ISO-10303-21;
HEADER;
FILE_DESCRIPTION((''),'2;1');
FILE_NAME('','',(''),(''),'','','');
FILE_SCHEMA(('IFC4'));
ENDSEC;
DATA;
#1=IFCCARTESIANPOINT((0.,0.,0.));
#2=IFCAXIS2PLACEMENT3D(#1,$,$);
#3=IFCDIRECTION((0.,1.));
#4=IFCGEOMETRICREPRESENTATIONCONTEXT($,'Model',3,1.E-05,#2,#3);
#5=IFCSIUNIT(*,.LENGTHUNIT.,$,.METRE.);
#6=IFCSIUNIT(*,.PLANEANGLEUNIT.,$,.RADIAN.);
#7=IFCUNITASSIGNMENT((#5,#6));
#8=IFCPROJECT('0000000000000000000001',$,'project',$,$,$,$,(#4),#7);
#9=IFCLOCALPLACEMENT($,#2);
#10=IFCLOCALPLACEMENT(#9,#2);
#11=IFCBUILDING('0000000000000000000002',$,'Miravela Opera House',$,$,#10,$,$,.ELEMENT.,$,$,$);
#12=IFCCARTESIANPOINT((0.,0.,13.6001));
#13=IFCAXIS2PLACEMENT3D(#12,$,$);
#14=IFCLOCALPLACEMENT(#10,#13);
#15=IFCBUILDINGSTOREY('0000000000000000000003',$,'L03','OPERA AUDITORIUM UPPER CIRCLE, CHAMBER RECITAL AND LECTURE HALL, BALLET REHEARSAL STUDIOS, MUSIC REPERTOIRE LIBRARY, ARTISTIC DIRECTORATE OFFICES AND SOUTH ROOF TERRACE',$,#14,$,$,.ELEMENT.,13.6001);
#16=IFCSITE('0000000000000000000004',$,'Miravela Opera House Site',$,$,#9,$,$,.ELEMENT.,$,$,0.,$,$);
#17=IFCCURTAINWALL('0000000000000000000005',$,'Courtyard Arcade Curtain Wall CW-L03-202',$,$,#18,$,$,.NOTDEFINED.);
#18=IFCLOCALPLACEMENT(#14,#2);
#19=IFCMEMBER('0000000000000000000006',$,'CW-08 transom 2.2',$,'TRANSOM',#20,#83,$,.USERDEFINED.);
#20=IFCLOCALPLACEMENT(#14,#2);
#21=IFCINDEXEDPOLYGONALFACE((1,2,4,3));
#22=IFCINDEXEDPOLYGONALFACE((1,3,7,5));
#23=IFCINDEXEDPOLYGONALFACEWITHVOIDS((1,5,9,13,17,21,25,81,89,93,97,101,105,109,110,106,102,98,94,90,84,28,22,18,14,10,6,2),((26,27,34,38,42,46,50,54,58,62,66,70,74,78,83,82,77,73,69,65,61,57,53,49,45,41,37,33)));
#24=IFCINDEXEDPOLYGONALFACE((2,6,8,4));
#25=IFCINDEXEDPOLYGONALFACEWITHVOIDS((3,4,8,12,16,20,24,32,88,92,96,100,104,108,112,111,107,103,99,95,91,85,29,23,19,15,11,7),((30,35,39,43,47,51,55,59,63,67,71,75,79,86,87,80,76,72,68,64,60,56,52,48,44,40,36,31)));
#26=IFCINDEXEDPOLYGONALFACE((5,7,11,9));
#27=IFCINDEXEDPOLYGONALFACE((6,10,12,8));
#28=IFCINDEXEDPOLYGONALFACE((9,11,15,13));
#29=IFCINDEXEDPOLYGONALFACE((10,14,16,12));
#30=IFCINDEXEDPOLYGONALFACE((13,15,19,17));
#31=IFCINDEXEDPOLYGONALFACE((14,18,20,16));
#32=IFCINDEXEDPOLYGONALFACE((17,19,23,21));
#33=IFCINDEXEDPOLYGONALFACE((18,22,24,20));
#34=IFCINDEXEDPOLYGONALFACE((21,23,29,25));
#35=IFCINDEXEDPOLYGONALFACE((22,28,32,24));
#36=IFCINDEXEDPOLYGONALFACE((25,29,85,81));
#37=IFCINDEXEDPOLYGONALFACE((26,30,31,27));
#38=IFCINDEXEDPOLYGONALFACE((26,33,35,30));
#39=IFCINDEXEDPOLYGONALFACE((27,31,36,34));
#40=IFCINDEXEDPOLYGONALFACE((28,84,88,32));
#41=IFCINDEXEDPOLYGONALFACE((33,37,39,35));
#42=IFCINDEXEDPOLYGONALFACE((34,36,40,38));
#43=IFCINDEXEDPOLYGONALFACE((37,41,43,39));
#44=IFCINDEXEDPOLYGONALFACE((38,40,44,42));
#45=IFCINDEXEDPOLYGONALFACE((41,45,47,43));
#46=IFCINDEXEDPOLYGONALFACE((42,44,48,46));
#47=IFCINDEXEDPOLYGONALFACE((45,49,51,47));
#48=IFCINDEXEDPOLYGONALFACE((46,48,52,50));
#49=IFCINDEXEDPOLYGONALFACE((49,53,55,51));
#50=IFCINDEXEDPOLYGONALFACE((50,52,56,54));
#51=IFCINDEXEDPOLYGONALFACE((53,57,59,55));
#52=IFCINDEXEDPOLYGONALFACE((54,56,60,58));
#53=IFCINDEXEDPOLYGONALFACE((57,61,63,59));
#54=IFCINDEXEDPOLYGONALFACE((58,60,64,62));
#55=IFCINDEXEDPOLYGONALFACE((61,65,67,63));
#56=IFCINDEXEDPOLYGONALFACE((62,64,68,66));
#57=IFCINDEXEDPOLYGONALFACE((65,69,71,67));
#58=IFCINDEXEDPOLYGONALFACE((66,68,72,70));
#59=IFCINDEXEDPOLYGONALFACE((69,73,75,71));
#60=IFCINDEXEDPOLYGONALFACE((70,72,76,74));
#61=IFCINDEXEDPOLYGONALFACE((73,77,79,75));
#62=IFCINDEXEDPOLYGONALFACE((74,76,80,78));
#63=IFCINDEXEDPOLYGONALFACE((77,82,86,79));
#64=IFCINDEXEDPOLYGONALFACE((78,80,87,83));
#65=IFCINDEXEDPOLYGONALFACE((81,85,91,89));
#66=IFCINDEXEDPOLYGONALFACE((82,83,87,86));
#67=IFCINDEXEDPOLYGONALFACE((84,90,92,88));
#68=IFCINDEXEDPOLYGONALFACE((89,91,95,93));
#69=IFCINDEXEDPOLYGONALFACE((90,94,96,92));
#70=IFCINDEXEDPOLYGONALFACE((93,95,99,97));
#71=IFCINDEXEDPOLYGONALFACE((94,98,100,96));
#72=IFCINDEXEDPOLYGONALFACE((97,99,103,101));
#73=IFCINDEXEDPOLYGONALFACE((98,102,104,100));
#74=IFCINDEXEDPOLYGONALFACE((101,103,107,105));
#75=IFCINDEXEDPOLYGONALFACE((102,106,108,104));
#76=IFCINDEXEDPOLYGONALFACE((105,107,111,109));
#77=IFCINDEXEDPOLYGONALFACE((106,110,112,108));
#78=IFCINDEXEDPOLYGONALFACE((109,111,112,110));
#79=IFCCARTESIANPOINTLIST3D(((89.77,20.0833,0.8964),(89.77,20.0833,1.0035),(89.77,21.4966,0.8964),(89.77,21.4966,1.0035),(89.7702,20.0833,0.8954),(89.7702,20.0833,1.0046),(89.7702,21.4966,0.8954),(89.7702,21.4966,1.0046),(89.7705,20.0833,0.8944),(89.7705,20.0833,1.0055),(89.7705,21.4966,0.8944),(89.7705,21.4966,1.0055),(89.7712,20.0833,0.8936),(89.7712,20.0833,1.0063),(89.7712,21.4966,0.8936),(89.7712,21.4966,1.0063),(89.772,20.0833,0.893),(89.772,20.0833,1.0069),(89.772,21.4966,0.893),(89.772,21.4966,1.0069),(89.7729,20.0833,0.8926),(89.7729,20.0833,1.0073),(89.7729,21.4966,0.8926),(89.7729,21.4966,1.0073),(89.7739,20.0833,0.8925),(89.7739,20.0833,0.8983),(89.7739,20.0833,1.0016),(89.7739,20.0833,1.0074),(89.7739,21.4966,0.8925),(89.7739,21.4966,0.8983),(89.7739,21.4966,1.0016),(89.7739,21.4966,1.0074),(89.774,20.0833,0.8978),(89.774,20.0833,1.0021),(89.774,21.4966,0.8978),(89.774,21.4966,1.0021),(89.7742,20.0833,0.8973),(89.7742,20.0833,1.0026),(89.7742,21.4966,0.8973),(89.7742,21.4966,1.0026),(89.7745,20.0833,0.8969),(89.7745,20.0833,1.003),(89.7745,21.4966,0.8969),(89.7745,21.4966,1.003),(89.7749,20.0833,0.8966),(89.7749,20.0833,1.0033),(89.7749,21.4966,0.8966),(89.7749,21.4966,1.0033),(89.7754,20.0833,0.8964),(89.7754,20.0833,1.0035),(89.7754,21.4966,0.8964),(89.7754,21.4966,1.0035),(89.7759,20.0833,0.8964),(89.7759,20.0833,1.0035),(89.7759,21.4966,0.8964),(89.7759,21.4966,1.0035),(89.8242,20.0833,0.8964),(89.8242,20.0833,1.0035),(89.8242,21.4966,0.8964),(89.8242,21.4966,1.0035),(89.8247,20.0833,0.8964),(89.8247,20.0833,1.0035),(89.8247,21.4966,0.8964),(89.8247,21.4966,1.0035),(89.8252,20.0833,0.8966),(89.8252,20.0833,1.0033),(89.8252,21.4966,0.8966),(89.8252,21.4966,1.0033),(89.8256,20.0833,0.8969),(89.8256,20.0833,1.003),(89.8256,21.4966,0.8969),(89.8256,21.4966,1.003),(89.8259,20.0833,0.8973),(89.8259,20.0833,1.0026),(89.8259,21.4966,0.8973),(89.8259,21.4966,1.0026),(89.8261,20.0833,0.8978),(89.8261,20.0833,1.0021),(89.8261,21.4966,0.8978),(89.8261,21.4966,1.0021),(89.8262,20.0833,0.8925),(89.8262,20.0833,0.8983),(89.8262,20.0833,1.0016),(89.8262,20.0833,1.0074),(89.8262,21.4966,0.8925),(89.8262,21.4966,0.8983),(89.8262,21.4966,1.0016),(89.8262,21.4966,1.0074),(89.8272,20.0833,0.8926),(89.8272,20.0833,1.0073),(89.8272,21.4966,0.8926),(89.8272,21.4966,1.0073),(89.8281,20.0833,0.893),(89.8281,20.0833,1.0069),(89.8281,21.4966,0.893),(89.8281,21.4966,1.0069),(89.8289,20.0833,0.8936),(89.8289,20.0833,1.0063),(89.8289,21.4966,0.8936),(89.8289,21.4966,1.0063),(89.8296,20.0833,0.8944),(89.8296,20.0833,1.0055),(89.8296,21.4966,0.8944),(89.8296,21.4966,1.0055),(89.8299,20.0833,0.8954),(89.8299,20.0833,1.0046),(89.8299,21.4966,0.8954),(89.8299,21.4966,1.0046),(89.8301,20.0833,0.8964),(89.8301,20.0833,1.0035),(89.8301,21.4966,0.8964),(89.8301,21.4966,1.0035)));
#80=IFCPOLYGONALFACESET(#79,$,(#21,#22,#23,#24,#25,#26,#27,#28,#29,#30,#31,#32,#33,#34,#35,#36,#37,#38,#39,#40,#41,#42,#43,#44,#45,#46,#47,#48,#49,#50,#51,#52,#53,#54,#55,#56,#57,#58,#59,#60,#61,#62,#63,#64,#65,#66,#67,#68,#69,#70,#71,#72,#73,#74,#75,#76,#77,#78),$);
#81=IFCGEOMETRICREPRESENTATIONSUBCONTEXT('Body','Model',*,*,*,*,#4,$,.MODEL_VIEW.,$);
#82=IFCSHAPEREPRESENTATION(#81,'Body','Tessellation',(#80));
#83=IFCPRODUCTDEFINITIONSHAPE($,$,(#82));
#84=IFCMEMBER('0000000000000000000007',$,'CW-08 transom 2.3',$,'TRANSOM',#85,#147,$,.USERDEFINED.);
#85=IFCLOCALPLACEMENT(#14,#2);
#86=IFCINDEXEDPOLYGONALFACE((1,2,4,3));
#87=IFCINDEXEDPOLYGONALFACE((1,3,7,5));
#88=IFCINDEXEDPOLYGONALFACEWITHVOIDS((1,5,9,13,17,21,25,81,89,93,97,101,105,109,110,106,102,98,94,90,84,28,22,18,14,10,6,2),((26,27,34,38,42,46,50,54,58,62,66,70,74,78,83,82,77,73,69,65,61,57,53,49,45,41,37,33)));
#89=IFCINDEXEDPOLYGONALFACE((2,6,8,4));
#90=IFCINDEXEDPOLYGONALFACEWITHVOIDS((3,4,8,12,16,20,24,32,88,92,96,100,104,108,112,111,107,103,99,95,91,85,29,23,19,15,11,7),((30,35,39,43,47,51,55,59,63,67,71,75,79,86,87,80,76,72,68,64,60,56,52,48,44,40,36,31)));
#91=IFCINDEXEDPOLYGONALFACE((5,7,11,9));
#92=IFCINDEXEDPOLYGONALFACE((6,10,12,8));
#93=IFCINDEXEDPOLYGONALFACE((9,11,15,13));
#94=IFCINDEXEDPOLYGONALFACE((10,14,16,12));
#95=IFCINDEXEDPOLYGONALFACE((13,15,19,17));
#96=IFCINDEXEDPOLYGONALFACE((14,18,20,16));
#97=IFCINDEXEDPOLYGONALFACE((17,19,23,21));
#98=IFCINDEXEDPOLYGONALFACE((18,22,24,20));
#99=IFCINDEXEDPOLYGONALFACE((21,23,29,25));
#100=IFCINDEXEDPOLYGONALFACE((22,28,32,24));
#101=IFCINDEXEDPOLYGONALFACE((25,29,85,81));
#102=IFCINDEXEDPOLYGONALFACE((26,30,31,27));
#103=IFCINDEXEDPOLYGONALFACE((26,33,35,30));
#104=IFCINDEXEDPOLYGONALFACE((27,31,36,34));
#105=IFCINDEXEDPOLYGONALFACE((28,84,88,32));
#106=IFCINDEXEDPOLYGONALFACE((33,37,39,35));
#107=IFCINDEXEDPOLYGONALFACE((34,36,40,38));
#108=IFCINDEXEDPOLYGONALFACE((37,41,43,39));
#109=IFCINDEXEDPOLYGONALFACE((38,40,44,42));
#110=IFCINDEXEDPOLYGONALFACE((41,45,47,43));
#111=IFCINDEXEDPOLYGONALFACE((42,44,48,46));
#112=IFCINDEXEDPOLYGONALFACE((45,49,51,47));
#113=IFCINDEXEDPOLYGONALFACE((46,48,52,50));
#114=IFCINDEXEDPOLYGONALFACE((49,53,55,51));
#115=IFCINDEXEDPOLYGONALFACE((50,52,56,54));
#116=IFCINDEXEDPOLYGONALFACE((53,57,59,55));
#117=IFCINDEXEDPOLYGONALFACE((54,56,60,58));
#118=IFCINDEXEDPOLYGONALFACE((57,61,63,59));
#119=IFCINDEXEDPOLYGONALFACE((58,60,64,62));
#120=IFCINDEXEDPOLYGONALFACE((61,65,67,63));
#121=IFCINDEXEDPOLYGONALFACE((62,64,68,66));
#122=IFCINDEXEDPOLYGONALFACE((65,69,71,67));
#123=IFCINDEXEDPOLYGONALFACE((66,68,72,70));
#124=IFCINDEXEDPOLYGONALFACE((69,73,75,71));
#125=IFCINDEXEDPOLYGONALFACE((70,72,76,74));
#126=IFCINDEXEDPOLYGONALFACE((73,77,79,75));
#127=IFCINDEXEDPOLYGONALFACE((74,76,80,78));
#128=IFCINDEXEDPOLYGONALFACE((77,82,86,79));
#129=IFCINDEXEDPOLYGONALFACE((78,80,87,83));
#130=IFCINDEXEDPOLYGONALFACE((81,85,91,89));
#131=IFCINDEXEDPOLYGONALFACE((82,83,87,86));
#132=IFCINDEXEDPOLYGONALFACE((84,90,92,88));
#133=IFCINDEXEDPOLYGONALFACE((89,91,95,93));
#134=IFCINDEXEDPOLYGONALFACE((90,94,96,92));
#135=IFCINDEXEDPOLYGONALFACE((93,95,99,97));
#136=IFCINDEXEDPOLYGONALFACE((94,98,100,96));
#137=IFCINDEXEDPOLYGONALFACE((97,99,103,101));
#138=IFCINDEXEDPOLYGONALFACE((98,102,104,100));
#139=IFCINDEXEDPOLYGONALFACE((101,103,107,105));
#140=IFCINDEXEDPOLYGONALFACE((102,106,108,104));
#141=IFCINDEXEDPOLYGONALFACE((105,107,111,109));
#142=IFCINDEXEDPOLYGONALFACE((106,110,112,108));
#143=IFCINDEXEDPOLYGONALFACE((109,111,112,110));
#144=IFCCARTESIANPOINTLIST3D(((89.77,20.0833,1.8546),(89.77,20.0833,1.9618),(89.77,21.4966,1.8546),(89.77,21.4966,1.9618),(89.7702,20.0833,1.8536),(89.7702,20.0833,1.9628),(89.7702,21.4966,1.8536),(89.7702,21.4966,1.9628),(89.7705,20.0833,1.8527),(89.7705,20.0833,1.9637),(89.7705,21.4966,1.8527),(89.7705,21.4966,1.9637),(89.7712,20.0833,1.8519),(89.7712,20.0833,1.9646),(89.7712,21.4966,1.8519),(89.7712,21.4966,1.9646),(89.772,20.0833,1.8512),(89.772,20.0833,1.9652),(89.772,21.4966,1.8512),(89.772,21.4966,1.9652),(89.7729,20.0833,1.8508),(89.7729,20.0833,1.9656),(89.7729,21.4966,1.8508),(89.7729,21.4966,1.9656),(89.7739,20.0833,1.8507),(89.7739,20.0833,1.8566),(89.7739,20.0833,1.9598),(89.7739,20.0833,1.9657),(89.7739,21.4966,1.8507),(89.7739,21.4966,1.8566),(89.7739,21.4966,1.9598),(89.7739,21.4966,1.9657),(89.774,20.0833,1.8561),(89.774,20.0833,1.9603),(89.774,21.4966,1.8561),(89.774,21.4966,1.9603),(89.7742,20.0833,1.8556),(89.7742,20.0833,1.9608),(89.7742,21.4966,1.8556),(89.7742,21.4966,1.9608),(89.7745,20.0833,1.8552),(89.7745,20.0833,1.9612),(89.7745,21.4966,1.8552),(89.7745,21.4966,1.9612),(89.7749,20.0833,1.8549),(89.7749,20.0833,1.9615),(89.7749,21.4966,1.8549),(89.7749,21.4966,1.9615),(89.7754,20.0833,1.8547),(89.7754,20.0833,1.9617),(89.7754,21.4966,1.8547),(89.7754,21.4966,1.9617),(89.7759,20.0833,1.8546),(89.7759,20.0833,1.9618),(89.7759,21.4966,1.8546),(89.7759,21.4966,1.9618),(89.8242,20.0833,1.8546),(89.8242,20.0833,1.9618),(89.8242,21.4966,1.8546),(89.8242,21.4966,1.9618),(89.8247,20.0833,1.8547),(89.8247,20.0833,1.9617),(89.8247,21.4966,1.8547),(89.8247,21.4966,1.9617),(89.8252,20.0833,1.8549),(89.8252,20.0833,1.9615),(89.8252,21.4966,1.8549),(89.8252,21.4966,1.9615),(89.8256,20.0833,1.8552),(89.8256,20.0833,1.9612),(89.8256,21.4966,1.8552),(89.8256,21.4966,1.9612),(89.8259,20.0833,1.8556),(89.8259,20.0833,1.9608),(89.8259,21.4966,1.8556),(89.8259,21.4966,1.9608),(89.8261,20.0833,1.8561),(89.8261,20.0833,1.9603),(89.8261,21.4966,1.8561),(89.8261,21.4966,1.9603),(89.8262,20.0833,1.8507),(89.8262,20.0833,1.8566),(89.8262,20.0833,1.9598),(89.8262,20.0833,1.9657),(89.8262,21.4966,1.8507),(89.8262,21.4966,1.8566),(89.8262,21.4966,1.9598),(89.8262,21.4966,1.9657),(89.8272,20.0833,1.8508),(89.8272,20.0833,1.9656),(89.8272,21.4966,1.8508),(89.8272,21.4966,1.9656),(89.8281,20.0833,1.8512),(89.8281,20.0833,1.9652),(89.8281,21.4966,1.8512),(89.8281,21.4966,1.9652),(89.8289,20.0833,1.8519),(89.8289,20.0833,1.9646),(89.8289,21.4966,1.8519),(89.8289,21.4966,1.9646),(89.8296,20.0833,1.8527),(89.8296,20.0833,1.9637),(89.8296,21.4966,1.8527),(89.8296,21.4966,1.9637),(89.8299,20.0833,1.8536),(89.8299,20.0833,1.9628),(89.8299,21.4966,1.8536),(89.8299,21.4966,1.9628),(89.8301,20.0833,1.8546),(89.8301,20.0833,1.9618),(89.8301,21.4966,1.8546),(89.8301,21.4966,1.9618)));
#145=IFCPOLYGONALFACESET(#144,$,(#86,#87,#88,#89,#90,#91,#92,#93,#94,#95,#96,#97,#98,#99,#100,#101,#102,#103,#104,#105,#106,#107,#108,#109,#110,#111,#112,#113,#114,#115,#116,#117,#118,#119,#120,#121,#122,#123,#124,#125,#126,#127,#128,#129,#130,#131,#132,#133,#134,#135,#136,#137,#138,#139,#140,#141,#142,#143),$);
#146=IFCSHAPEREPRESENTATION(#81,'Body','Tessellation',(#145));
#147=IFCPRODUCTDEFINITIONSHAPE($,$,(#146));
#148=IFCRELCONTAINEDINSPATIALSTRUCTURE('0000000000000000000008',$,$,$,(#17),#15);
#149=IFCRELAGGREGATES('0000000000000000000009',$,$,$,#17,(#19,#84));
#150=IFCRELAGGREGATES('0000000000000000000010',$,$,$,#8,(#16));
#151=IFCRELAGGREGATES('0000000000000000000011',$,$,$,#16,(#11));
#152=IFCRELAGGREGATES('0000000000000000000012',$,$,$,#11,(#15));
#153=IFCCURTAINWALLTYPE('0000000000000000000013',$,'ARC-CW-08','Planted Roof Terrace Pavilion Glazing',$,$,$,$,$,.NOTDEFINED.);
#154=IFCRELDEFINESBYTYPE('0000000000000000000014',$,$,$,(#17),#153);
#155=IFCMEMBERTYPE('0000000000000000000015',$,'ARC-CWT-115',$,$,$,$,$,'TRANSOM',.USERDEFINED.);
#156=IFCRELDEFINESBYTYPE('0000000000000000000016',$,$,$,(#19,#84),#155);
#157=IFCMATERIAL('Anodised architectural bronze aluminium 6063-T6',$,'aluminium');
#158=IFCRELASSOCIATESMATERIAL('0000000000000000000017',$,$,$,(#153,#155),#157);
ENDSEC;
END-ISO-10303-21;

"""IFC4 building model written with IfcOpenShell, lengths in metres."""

from ifc_helpers import new_model, si_unit, direction, frame, origin, origin_2d, place, context, subcontext, project, spatial, hollow_rectangle, extrude, material, material_profile, profile_set, type_object, element, aggregate, save


model = new_model("IFC4")

# Units and contexts
model_context = context("Model", 3, precision=1e-05, world=origin(), true_north=direction((0.0, 1.0)))
body_context = subcontext(model_context, "Body", "Model", "MODEL_VIEW")
ifc_project = project(units=[si_unit("LENGTHUNIT", "METRE"), si_unit("PLANEANGLEUNIT", "RADIAN")], contexts=[model_context])

# Site, building, storey
site_placement = place(None, origin())
site = spatial("IfcSite", under=ifc_project, at=site_placement, Name="Miravela Opera House Site", CompositionType="ELEMENT", RefElevation=0.0)
building_placement = place(site_placement, origin())
building = spatial("IfcBuilding", under=site, at=building_placement, Name="Miravela Opera House", CompositionType="ELEMENT")
storey_placement = place(building_placement, frame((0.0, 0.0, 13.6001)))
storey = spatial("IfcBuildingStorey", under=building, at=storey_placement, Name="L03", Description="OPERA AUDITORIUM UPPER CIRCLE, CHAMBER RECITAL AND LECTURE HALL, BALLET REHEARSAL STUDIOS, MUSIC REPERTOIRE LIBRARY, ARTISTIC DIRECTORATE OFFICES AND SOUTH ROOF TERRACE", CompositionType="ELEMENT", Elevation=13.6001)

# Curtain wall
ifc_material_1 = material(Name="Anodised architectural bronze aluminium 6063-T6", Category="aluminium")
curtain_wall_type = type_object("IfcCurtainWallType", Name="ARC-CW-08", Description="Planted Roof Terrace Pavilion Glazing", PredefinedType="NOTDEFINED", material=ifc_material_1)
curtain_wall_1_placement = place(storey_placement, origin())
curtain_wall_1 = element("IfcCurtainWall", 1, at=curtain_wall_1_placement, inside=storey, type_object=curtain_wall_type, Name="Courtyard Arcade Curtain Wall CW-L03-202", PredefinedType="NOTDEFINED")

# Members
ifc_material_profile_1 = material_profile(ifc_material_1, hollow_rectangle(XDim=0.0601, YDim=0.115, WallThickness=0.0039, InnerFilletRadius=0.002, OuterFilletRadius=0.0039, at=origin_2d()), Name="CWT-60X115")
ifc_profile_set_1 = profile_set([ifc_material_profile_1])
member_type_1 = type_object("IfcMemberType", Name="ARC-CWT-115", ElementType="TRANSOM", PredefinedType="USERDEFINED", material=ifc_profile_set_1)
member_1_placement = place(storey_placement, frame((89.8, 20.0833, 0.95), z_axis=(0.0, 1.0, 0.0), x_axis=(-1.0, 0.0, 0.0)))
member_1 = element("IfcMember", 2, at=member_1_placement, type_object=member_type_1, Name="CW-08 transom 2.2", ObjectType="TRANSOM", PredefinedType="USERDEFINED", context=body_context, shape_type="SweptSolid", body=[
    extrude(hollow_rectangle(XDim=0.0601, YDim=0.115, WallThickness=0.0039, InnerFilletRadius=0.002, OuterFilletRadius=0.0039, at=origin_2d()), origin(), (0.0, 0.0, 1.0), 1.4133),
])
member_2_placement = place(storey_placement, frame((89.8, 20.0833, 1.9082), z_axis=(0.0, 1.0, 0.0), x_axis=(-1.0, 0.0, 0.0)))
member_2 = element("IfcMember", 3, at=member_2_placement, type_object=member_type_1, Name="CW-08 transom 2.3", ObjectType="TRANSOM", PredefinedType="USERDEFINED", context=body_context, shape_type="SweptSolid", body=[
    extrude(hollow_rectangle(XDim=0.0601, YDim=0.115, WallThickness=0.0039, InnerFilletRadius=0.002, OuterFilletRadius=0.0039, at=origin_2d()), origin(), (0.0, 0.0, 1.0), 1.4133),
])

aggregate(curtain_wall_1, [member_1, member_2])

save(model, "model.ifc")
